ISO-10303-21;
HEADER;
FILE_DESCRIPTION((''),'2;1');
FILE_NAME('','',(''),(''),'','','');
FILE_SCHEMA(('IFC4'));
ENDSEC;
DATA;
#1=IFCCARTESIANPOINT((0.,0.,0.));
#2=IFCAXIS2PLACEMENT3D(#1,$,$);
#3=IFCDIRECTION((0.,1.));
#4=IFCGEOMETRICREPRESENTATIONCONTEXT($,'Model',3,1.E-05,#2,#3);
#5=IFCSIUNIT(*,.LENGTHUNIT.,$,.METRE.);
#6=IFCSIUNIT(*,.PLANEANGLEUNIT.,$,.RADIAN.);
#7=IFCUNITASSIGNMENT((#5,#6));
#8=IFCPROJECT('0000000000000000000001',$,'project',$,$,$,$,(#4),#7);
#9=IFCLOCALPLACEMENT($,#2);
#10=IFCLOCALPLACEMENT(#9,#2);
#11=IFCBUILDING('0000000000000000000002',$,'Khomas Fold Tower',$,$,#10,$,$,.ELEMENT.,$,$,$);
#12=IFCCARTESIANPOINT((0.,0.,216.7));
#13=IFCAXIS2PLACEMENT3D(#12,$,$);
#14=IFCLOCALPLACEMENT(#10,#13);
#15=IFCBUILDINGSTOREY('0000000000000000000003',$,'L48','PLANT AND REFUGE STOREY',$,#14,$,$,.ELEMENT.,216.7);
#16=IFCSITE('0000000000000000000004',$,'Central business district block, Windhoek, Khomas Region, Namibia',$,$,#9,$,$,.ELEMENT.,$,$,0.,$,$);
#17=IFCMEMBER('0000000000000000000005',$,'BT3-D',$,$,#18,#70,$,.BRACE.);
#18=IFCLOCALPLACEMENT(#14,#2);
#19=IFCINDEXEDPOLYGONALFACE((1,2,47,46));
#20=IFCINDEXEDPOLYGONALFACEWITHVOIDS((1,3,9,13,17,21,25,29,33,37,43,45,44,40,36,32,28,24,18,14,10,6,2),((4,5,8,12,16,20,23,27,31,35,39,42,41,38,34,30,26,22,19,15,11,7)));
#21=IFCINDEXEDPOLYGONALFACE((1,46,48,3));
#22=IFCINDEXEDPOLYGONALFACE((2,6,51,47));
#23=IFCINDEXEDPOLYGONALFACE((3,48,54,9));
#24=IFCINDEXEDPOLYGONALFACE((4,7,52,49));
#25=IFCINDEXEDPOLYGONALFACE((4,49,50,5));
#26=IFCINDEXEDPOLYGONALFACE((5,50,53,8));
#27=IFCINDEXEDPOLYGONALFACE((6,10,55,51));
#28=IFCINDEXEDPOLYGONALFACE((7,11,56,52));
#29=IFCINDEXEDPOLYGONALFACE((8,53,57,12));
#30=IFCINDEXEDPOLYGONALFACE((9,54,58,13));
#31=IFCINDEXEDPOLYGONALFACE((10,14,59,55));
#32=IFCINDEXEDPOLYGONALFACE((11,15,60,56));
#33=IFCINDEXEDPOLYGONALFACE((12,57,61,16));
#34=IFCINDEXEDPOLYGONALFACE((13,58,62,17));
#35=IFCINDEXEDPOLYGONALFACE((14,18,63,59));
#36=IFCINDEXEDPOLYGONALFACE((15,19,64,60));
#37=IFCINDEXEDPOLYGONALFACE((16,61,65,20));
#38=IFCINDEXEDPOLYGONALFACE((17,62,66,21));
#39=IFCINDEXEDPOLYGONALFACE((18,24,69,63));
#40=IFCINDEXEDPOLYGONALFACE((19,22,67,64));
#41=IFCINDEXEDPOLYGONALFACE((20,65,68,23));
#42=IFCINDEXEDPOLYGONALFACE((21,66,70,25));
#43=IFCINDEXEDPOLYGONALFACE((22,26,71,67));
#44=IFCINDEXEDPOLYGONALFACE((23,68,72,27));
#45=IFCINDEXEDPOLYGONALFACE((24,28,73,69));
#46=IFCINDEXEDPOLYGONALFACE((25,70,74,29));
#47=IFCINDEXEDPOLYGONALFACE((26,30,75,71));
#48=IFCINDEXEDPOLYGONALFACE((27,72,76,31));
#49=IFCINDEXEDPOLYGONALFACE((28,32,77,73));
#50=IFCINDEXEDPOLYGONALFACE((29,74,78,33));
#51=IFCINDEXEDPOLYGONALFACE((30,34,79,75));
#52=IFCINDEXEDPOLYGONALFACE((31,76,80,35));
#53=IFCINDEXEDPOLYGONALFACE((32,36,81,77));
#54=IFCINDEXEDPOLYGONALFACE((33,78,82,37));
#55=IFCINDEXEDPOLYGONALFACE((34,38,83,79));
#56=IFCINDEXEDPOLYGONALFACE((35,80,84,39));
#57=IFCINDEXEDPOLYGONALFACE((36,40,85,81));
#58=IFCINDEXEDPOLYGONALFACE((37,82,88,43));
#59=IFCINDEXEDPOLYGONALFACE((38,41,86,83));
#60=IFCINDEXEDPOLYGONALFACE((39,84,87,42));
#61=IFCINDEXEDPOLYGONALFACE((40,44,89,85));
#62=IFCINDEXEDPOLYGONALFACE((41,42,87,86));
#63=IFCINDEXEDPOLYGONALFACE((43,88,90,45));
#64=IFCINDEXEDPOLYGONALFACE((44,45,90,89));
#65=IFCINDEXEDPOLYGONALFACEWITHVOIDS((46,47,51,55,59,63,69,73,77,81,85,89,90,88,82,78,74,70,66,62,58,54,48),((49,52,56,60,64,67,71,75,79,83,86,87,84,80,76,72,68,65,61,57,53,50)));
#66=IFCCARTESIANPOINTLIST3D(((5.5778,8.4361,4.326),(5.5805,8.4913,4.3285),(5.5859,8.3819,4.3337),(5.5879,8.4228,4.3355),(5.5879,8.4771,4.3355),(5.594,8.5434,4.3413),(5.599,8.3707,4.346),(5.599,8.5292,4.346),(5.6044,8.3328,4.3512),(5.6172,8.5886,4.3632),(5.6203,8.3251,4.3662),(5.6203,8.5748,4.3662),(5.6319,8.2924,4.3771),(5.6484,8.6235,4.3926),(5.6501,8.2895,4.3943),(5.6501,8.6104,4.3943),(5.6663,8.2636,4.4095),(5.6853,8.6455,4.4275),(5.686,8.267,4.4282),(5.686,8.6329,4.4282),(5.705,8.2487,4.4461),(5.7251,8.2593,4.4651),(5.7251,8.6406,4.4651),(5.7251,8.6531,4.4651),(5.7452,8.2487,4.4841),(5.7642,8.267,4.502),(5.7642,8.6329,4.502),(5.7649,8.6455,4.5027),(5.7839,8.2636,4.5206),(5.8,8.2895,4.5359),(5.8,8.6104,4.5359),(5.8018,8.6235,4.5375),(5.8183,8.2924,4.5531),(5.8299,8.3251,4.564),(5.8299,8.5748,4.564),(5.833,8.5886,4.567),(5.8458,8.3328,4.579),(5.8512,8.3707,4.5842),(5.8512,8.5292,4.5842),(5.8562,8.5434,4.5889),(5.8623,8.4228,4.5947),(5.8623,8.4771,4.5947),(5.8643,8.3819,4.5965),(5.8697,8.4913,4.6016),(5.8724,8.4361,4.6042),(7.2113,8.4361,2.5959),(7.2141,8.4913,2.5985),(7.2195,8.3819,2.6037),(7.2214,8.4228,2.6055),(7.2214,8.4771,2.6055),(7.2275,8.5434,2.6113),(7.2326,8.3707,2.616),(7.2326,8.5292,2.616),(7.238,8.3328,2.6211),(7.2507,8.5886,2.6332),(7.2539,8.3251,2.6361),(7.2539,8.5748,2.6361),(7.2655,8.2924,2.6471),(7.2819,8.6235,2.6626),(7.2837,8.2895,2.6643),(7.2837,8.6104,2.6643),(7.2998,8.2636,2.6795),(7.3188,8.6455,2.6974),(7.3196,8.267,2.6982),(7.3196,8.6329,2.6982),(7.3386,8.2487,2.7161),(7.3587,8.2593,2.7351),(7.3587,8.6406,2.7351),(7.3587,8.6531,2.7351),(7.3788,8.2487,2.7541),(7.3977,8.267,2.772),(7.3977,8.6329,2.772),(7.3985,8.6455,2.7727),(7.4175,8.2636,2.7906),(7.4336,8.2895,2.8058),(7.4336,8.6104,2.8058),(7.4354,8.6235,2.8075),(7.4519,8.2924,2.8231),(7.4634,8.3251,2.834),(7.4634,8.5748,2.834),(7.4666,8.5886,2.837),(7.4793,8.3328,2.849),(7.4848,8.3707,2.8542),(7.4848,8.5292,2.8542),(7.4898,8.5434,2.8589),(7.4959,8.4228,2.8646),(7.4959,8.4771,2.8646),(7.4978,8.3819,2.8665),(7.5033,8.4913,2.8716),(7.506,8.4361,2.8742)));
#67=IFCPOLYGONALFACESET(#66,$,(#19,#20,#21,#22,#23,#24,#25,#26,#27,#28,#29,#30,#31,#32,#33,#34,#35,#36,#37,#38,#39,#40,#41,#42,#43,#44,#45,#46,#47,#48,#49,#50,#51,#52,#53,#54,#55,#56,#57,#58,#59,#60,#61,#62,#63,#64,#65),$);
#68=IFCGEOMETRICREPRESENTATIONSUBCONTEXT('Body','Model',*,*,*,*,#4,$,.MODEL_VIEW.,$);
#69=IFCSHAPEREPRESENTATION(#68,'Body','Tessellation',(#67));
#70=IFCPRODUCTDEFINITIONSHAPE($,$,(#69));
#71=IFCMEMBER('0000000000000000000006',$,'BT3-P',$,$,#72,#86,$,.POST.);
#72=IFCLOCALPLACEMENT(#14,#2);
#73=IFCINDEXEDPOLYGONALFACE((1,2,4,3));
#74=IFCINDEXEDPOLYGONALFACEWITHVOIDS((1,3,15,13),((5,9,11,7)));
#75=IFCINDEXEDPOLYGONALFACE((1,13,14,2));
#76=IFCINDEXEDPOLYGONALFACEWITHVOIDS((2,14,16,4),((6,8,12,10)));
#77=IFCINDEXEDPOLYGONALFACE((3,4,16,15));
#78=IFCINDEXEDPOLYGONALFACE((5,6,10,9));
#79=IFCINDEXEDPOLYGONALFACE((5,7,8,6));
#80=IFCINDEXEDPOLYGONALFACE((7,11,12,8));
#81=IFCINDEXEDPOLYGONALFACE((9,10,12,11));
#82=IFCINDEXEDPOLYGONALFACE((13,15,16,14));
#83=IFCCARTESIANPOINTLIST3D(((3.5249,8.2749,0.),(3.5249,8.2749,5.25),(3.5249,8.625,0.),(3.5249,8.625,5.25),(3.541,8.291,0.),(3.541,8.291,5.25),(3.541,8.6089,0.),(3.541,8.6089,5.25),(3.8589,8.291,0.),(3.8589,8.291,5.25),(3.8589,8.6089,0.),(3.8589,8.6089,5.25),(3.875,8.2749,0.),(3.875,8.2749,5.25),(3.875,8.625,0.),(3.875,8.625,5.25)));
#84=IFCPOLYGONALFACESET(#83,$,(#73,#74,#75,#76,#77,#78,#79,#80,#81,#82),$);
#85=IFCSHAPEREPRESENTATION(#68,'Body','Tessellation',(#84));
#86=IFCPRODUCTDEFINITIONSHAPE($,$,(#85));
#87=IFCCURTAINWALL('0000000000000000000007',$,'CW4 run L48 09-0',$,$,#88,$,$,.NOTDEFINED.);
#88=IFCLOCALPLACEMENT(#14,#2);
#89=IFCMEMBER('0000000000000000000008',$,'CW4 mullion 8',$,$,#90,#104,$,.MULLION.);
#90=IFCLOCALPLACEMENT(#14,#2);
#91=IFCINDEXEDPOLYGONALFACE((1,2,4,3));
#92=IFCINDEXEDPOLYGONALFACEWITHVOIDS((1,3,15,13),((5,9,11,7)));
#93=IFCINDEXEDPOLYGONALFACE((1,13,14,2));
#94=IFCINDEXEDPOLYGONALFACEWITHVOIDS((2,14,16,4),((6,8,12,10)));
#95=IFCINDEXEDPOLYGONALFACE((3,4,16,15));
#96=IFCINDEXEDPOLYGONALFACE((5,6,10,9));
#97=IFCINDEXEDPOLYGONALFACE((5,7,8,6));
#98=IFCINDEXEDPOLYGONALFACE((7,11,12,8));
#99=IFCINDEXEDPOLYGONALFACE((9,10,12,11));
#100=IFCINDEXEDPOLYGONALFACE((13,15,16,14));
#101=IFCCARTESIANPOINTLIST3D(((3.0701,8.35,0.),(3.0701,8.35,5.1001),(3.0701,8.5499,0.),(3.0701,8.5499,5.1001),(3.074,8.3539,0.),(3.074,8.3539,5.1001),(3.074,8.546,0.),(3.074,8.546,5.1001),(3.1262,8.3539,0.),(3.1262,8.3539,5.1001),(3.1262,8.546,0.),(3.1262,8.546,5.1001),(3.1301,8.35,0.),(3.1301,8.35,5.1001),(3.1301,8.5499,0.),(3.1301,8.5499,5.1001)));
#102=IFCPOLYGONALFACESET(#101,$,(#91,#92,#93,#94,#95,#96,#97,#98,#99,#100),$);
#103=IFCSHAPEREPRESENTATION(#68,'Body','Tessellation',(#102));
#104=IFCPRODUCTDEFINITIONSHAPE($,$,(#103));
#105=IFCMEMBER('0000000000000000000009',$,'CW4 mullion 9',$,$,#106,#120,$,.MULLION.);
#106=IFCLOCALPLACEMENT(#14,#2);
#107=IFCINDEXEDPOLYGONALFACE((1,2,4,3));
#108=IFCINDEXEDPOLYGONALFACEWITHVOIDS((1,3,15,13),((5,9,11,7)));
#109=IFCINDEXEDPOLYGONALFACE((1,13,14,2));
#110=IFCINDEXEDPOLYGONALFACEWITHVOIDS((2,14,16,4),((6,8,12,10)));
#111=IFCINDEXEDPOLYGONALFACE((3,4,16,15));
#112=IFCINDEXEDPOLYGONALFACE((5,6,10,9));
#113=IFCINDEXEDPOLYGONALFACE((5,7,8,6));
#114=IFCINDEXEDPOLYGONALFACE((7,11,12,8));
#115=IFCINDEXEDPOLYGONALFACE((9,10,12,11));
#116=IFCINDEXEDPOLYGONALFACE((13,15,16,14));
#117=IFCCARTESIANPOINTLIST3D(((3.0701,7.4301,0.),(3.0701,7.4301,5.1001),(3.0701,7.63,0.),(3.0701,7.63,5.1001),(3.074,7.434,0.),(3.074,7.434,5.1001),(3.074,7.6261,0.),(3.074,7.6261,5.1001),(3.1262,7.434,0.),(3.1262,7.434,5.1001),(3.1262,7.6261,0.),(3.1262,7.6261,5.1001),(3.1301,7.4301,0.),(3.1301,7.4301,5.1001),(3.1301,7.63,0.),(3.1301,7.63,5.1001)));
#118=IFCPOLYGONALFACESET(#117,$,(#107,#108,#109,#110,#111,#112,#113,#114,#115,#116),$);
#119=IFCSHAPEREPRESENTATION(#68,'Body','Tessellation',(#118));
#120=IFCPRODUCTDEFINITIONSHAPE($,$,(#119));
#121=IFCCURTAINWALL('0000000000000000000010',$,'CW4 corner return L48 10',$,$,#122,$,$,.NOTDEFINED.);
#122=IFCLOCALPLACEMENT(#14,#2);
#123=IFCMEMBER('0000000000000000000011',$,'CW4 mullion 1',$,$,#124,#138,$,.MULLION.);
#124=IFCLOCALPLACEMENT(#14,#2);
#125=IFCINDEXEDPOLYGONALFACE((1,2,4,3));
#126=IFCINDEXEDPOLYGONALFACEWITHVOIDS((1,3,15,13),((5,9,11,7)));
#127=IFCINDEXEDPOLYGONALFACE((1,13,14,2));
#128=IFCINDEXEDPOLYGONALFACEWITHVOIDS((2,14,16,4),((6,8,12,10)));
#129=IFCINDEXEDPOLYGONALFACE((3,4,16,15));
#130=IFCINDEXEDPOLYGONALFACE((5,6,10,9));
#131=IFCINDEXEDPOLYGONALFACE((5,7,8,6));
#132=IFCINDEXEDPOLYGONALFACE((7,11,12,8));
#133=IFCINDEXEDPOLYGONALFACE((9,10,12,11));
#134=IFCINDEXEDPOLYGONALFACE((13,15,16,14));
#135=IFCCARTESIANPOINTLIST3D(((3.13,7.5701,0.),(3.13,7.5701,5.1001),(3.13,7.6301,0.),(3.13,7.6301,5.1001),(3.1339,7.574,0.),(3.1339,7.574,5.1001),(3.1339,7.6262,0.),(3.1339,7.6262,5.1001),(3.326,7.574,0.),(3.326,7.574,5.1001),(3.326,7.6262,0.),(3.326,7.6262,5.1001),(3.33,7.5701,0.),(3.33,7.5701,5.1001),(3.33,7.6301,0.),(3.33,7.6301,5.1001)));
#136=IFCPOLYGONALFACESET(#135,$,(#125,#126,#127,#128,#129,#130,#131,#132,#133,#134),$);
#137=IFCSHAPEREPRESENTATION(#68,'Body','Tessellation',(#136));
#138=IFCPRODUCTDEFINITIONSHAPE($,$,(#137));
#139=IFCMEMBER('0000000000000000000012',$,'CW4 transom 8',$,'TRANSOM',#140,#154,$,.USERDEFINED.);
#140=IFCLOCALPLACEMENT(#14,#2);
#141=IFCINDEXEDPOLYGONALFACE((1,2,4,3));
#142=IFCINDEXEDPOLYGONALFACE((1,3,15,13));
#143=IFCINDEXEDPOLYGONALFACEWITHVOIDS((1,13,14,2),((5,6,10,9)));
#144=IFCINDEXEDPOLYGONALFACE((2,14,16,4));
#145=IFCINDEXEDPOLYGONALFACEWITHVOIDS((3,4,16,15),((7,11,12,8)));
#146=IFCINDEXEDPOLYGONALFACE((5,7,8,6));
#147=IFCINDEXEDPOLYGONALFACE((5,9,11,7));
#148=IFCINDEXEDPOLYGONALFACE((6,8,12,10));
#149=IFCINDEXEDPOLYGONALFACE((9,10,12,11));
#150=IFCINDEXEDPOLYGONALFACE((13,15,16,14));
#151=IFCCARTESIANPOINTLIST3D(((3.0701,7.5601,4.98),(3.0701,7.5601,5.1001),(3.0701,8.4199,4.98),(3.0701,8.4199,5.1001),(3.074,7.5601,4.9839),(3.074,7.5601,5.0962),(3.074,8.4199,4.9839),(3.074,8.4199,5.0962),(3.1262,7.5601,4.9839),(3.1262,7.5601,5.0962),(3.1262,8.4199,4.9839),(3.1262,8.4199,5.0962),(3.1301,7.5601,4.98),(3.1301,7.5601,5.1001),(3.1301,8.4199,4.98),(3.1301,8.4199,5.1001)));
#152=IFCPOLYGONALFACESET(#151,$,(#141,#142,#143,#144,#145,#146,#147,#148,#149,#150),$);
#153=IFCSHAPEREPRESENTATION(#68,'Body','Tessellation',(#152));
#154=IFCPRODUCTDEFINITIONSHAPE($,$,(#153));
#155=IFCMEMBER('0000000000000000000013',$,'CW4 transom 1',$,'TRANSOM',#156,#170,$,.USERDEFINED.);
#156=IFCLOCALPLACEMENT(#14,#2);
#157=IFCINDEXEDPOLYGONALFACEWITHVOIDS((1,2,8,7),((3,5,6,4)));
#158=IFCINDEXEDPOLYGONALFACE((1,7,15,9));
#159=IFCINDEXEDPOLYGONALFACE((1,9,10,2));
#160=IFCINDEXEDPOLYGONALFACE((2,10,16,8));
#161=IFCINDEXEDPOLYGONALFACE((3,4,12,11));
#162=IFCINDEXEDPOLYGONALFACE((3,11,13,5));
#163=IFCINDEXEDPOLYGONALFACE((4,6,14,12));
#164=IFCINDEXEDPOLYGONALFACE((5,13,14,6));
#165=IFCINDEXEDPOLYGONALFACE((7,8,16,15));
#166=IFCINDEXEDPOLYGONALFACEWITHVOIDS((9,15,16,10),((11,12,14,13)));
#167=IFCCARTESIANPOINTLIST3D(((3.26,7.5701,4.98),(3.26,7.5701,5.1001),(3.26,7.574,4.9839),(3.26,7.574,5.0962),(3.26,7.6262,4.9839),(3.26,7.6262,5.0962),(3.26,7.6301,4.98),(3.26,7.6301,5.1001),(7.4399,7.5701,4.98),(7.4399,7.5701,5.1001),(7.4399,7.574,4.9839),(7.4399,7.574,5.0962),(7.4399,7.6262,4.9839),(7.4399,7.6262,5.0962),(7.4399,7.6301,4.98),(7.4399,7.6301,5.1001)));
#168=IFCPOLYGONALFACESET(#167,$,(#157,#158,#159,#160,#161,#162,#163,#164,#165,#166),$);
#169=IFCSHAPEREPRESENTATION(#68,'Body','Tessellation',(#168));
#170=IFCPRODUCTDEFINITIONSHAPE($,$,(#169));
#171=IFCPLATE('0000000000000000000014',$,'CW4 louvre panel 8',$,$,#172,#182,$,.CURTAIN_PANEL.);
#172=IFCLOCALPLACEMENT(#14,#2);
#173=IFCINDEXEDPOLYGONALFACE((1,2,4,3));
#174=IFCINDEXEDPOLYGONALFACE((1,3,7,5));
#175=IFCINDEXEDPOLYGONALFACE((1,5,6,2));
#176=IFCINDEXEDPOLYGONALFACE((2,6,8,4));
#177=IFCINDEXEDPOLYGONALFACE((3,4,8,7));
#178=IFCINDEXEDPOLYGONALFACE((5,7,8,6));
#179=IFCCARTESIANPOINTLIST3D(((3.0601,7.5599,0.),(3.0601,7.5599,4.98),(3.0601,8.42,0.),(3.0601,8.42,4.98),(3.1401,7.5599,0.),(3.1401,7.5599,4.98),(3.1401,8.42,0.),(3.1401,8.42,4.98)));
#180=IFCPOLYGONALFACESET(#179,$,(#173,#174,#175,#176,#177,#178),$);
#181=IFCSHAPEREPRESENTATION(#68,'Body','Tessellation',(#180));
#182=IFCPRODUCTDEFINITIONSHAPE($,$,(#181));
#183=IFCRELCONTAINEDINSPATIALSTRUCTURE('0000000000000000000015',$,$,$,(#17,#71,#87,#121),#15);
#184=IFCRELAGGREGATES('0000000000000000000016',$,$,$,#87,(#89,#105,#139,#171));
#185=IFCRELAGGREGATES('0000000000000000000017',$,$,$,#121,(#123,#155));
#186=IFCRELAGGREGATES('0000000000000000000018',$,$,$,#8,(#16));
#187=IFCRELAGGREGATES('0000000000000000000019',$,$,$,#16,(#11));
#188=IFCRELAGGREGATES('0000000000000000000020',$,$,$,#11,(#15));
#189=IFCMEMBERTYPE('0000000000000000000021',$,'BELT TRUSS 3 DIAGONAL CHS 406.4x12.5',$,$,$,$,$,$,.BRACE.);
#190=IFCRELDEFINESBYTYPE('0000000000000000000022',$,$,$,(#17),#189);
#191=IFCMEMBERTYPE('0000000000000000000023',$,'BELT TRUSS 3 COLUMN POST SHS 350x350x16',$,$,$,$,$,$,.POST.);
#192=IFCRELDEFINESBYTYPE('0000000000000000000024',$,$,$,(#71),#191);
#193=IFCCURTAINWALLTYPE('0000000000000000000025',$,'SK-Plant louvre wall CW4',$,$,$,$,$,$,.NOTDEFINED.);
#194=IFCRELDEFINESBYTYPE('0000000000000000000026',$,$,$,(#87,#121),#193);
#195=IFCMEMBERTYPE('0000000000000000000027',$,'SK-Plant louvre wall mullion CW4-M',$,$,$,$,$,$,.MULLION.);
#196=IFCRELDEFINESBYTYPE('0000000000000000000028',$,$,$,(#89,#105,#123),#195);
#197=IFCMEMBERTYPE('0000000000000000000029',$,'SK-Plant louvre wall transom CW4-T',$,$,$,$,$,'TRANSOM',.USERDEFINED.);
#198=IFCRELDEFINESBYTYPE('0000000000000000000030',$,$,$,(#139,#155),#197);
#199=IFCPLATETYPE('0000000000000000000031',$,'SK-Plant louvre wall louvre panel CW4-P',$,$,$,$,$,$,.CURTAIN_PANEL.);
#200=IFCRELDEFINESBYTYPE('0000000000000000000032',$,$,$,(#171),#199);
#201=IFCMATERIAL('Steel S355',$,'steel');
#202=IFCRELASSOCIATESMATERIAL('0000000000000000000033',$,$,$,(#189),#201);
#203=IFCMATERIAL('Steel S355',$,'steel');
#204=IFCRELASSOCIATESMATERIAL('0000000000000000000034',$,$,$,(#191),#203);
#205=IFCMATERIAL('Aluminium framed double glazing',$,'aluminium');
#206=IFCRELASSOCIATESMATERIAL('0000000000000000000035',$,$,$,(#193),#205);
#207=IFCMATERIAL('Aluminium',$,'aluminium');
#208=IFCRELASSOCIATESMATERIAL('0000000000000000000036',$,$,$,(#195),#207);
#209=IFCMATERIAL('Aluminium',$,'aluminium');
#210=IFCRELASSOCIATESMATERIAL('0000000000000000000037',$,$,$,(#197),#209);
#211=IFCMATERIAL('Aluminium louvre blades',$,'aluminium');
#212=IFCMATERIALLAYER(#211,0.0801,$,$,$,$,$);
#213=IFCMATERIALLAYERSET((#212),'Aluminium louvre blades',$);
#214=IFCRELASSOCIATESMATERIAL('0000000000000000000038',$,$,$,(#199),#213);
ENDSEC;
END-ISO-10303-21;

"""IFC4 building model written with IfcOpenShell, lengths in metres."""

from ifc_helpers import new_model, si_unit, direction, frame, origin, origin_2d, place, context, subcontext, project, spatial, rectangle, hollow_rectangle, hollow_circle, extrude, source, transform, mapped, material, layer, layer_set, material_profile, profile_set, type_object, element, aggregate, save


model = new_model("IFC4")

# Units and contexts
model_context = context("Model", 3, precision=1e-05, world=origin(), true_north=direction((0.0, 1.0)))
body_context = subcontext(model_context, "Body", "Model", "MODEL_VIEW")
ifc_project = project(units=[si_unit("LENGTHUNIT", "METRE"), si_unit("PLANEANGLEUNIT", "RADIAN")], contexts=[model_context])

# Site, building, storey
site_placement = place(None, origin())
site = spatial("IfcSite", under=ifc_project, at=site_placement, Name="Central business district block, Windhoek, Khomas Region, Namibia", CompositionType="ELEMENT", RefElevation=0.0)
building_placement = place(site_placement, origin())
building = spatial("IfcBuilding", under=site, at=building_placement, Name="Khomas Fold Tower", CompositionType="ELEMENT")
storey_placement = place(building_placement, frame((0.0, 0.0, 216.7)))
storey = spatial("IfcBuildingStorey", under=building, at=storey_placement, Name="L48", Description="PLANT AND REFUGE STOREY", CompositionType="ELEMENT", Elevation=216.7)

# Members
ifc_material_1 = material(Name="Steel S355", Category="steel")
ifc_material_profile_1 = material_profile(ifc_material_1, hollow_circle(Radius=0.2031, WallThickness=0.0125, at=origin_2d()), Name="CHS 406.4x12.5")
ifc_profile_set_1 = profile_set([ifc_material_profile_1], Name="Steel S355")
member_type_1 = type_object("IfcMemberType", Name="BELT TRUSS 3 DIAGONAL CHS 406.4x12.5", PredefinedType="BRACE", material=ifc_profile_set_1)
shared_shape_1 = source(origin(), body_context, "Body", "SweptSolid", [
    extrude(hollow_circle(Radius=0.2031, WallThickness=0.0125, at=origin_2d()), origin(), (0.0, 0.0, 1.0), 2.3794),
])
member_1_placement = place(storey_placement, frame((5.7251, 8.45, 4.4651), z_axis=(0.686551, 0.0, -0.727081), x_axis=(0.0, 1.0, 0.0)))
element("IfcMember", 1, at=member_1_placement, inside=storey, type_object=member_type_1, Name="BT3-D", PredefinedType="BRACE", context=body_context, shape_type="MappedRepresentation", body=[
    mapped(shared_shape_1, transform((0.0, 0.0, 0.0))),
])
ifc_material_2 = material(Name="Steel S355", Category="steel")
ifc_material_profile_2 = material_profile(ifc_material_2, hollow_rectangle(XDim=0.3501, YDim=0.3501, WallThickness=0.0161, at=origin_2d()), Name="SHS 350x350x16")
ifc_profile_set_2 = profile_set([ifc_material_profile_2], Name="Steel S355")
member_type_2 = type_object("IfcMemberType", Name="BELT TRUSS 3 COLUMN POST SHS 350x350x16", PredefinedType="POST", material=ifc_profile_set_2)
shared_shape_2 = source(origin(), body_context, "Body", "SweptSolid", [
    extrude(hollow_rectangle(XDim=0.3501, YDim=0.3501, WallThickness=0.0161, at=origin_2d()), origin(), (0.0, 0.0, 1.0), 5.25),
])
member_2_placement = place(storey_placement, frame((3.7, 8.45, 0.0), z_axis=(0.0, 0.0, 1.0), x_axis=(1.0, 0.0, 0.0)))
element("IfcMember", 2, at=member_2_placement, inside=storey, type_object=member_type_2, Name="BT3-P", PredefinedType="POST", context=body_context, shape_type="MappedRepresentation", body=[
    mapped(shared_shape_2, transform((0.0, 0.0, 0.0))),
])

# Curtain wall, members
ifc_material_3 = material(Name="Aluminium framed double glazing", Category="aluminium")
curtain_wall_type = type_object("IfcCurtainWallType", Name="SK-Plant louvre wall CW4", PredefinedType="NOTDEFINED", material=ifc_material_3)
curtain_wall_1_placement = place(storey_placement, origin())
curtain_wall_1 = element("IfcCurtainWall", 3, at=curtain_wall_1_placement, inside=storey, type_object=curtain_wall_type, Name="CW4 run L48 09-0", PredefinedType="NOTDEFINED")
ifc_material_4 = material(Name="Aluminium", Category="aluminium")
ifc_material_profile_3 = material_profile(ifc_material_4, hollow_rectangle(XDim=0.0601, YDim=0.2, WallThickness=0.0039, at=origin_2d()), Name="SK-Plant louvre wall mullion CW4-M")
ifc_profile_set_3 = profile_set([ifc_material_profile_3], Name="Aluminium")
member_type_3 = type_object("IfcMemberType", Name="SK-Plant louvre wall mullion CW4-M", PredefinedType="MULLION", material=ifc_profile_set_3)
shared_shape_3 = source(origin(), body_context, "Body", "SweptSolid", [
    extrude(hollow_rectangle(XDim=0.0601, YDim=0.2, WallThickness=0.0039, at=origin_2d()), origin(), (0.0, 0.0, 1.0), 5.1001),
])
member_3_placement = place(storey_placement, frame((3.1001, 8.45, 0.0), z_axis=(0.0, 0.0, 1.0), x_axis=(1.0, 0.0, 0.0)))
member_3 = element("IfcMember", 4, at=member_3_placement, type_object=member_type_3, Name="CW4 mullion 8", PredefinedType="MULLION", context=body_context, shape_type="MappedRepresentation", body=[
    mapped(shared_shape_3, transform((0.0, 0.0, 0.0))),
])
member_4_placement = place(storey_placement, frame((3.1001, 7.53, 0.0), z_axis=(0.0, 0.0, 1.0), x_axis=(1.0, 0.0, 0.0)))
member_4 = element("IfcMember", 5, at=member_4_placement, type_object=member_type_3, Name="CW4 mullion 9", PredefinedType="MULLION", context=body_context, shape_type="MappedRepresentation", body=[
    mapped(shared_shape_3, transform((0.0, 0.0, 0.0))),
])

# Curtain wall, member
curtain_wall_2_placement = place(storey_placement, origin())
curtain_wall_2 = element("IfcCurtainWall", 6, at=curtain_wall_2_placement, inside=storey, type_object=curtain_wall_type, Name="CW4 corner return L48 10", PredefinedType="NOTDEFINED")
member_5_placement = place(storey_placement, frame((3.23, 7.6001, 0.0), z_axis=(0.0, 0.0, 1.0), x_axis=(0.0, 1.0, 0.0)))
member_5 = element("IfcMember", 7, at=member_5_placement, type_object=member_type_3, Name="CW4 mullion 1", PredefinedType="MULLION", context=body_context, shape_type="MappedRepresentation", body=[
    mapped(shared_shape_3, transform((0.0, 0.0, 0.0))),
])

# Members
ifc_material_5 = material(Name="Aluminium", Category="aluminium")
ifc_material_profile_4 = material_profile(ifc_material_5, hollow_rectangle(XDim=0.0601, YDim=0.1201, WallThickness=0.0039, at=origin_2d()), Name="SK-Plant louvre wall transom CW4-T")
ifc_profile_set_4 = profile_set([ifc_material_profile_4], Name="Aluminium")
member_type_4 = type_object("IfcMemberType", Name="SK-Plant louvre wall transom CW4-T", ElementType="TRANSOM", PredefinedType="USERDEFINED", material=ifc_profile_set_4)
shared_shape_4 = source(origin(), body_context, "Body", "SweptSolid", [
    extrude(hollow_rectangle(XDim=0.0601, YDim=0.1201, WallThickness=0.0039, at=origin_2d()), origin(), (0.0, 0.0, 1.0), 0.8599),
])
member_6_placement = place(storey_placement, frame((3.1001, 8.4199, 5.04), z_axis=(0.0, -1.0, 0.0), x_axis=(1.0, 0.0, 0.0)))
member_6 = element("IfcMember", 8, at=member_6_placement, type_object=member_type_4, Name="CW4 transom 8", ObjectType="TRANSOM", PredefinedType="USERDEFINED", context=body_context, shape_type="MappedRepresentation", body=[
    mapped(shared_shape_4, transform((0.0, 0.0, 0.0))),
])
shared_shape_5 = source(origin(), body_context, "Body", "SweptSolid", [
    extrude(hollow_rectangle(XDim=0.0601, YDim=0.1201, WallThickness=0.0039, at=origin_2d()), origin(), (0.0, 0.0, 1.0), 4.1799),
])
member_7_placement = place(storey_placement, frame((3.26, 7.6001, 5.04), z_axis=(1.0, 0.0, 0.0), x_axis=(0.0, 1.0, 0.0)))
member_7 = element("IfcMember", 9, at=member_7_placement, type_object=member_type_4, Name="CW4 transom 1", ObjectType="TRANSOM", PredefinedType="USERDEFINED", context=body_context, shape_type="MappedRepresentation", body=[
    mapped(shared_shape_5, transform((0.0, 0.0, 0.0))),
])

# Plate
ifc_material_6 = material(Name="Aluminium louvre blades", Category="aluminium")
ifc_layer_1 = layer(ifc_material_6, 0.0801)
ifc_layer_set_1 = layer_set([ifc_layer_1], Name="Aluminium louvre blades")
plate_type = type_object("IfcPlateType", Name="SK-Plant louvre wall louvre panel CW4-P", PredefinedType="CURTAIN_PANEL", material=ifc_layer_set_1)
shared_shape_6 = source(origin(), body_context, "Body", "SweptSolid", [
    extrude(rectangle(XDim=0.8601, YDim=0.0801, at=origin_2d()), origin(), (0.0, 0.0, 1.0), 4.98),
])
plate_1_placement = place(storey_placement, frame((3.1001, 7.99, 0.0), z_axis=(0.0, 0.0, 1.0), x_axis=(0.0, -1.0, 0.0)))
plate_1 = element("IfcPlate", 10, at=plate_1_placement, type_object=plate_type, Name="CW4 louvre panel 8", PredefinedType="CURTAIN_PANEL", context=body_context, shape_type="MappedRepresentation", body=[
    mapped(shared_shape_6, transform((0.0, 0.0, 0.0))),
])
aggregate(curtain_wall_1, [member_3, member_4, member_6, plate_1])
aggregate(curtain_wall_2, [member_5, member_7])

save(model, "model.ifc")
